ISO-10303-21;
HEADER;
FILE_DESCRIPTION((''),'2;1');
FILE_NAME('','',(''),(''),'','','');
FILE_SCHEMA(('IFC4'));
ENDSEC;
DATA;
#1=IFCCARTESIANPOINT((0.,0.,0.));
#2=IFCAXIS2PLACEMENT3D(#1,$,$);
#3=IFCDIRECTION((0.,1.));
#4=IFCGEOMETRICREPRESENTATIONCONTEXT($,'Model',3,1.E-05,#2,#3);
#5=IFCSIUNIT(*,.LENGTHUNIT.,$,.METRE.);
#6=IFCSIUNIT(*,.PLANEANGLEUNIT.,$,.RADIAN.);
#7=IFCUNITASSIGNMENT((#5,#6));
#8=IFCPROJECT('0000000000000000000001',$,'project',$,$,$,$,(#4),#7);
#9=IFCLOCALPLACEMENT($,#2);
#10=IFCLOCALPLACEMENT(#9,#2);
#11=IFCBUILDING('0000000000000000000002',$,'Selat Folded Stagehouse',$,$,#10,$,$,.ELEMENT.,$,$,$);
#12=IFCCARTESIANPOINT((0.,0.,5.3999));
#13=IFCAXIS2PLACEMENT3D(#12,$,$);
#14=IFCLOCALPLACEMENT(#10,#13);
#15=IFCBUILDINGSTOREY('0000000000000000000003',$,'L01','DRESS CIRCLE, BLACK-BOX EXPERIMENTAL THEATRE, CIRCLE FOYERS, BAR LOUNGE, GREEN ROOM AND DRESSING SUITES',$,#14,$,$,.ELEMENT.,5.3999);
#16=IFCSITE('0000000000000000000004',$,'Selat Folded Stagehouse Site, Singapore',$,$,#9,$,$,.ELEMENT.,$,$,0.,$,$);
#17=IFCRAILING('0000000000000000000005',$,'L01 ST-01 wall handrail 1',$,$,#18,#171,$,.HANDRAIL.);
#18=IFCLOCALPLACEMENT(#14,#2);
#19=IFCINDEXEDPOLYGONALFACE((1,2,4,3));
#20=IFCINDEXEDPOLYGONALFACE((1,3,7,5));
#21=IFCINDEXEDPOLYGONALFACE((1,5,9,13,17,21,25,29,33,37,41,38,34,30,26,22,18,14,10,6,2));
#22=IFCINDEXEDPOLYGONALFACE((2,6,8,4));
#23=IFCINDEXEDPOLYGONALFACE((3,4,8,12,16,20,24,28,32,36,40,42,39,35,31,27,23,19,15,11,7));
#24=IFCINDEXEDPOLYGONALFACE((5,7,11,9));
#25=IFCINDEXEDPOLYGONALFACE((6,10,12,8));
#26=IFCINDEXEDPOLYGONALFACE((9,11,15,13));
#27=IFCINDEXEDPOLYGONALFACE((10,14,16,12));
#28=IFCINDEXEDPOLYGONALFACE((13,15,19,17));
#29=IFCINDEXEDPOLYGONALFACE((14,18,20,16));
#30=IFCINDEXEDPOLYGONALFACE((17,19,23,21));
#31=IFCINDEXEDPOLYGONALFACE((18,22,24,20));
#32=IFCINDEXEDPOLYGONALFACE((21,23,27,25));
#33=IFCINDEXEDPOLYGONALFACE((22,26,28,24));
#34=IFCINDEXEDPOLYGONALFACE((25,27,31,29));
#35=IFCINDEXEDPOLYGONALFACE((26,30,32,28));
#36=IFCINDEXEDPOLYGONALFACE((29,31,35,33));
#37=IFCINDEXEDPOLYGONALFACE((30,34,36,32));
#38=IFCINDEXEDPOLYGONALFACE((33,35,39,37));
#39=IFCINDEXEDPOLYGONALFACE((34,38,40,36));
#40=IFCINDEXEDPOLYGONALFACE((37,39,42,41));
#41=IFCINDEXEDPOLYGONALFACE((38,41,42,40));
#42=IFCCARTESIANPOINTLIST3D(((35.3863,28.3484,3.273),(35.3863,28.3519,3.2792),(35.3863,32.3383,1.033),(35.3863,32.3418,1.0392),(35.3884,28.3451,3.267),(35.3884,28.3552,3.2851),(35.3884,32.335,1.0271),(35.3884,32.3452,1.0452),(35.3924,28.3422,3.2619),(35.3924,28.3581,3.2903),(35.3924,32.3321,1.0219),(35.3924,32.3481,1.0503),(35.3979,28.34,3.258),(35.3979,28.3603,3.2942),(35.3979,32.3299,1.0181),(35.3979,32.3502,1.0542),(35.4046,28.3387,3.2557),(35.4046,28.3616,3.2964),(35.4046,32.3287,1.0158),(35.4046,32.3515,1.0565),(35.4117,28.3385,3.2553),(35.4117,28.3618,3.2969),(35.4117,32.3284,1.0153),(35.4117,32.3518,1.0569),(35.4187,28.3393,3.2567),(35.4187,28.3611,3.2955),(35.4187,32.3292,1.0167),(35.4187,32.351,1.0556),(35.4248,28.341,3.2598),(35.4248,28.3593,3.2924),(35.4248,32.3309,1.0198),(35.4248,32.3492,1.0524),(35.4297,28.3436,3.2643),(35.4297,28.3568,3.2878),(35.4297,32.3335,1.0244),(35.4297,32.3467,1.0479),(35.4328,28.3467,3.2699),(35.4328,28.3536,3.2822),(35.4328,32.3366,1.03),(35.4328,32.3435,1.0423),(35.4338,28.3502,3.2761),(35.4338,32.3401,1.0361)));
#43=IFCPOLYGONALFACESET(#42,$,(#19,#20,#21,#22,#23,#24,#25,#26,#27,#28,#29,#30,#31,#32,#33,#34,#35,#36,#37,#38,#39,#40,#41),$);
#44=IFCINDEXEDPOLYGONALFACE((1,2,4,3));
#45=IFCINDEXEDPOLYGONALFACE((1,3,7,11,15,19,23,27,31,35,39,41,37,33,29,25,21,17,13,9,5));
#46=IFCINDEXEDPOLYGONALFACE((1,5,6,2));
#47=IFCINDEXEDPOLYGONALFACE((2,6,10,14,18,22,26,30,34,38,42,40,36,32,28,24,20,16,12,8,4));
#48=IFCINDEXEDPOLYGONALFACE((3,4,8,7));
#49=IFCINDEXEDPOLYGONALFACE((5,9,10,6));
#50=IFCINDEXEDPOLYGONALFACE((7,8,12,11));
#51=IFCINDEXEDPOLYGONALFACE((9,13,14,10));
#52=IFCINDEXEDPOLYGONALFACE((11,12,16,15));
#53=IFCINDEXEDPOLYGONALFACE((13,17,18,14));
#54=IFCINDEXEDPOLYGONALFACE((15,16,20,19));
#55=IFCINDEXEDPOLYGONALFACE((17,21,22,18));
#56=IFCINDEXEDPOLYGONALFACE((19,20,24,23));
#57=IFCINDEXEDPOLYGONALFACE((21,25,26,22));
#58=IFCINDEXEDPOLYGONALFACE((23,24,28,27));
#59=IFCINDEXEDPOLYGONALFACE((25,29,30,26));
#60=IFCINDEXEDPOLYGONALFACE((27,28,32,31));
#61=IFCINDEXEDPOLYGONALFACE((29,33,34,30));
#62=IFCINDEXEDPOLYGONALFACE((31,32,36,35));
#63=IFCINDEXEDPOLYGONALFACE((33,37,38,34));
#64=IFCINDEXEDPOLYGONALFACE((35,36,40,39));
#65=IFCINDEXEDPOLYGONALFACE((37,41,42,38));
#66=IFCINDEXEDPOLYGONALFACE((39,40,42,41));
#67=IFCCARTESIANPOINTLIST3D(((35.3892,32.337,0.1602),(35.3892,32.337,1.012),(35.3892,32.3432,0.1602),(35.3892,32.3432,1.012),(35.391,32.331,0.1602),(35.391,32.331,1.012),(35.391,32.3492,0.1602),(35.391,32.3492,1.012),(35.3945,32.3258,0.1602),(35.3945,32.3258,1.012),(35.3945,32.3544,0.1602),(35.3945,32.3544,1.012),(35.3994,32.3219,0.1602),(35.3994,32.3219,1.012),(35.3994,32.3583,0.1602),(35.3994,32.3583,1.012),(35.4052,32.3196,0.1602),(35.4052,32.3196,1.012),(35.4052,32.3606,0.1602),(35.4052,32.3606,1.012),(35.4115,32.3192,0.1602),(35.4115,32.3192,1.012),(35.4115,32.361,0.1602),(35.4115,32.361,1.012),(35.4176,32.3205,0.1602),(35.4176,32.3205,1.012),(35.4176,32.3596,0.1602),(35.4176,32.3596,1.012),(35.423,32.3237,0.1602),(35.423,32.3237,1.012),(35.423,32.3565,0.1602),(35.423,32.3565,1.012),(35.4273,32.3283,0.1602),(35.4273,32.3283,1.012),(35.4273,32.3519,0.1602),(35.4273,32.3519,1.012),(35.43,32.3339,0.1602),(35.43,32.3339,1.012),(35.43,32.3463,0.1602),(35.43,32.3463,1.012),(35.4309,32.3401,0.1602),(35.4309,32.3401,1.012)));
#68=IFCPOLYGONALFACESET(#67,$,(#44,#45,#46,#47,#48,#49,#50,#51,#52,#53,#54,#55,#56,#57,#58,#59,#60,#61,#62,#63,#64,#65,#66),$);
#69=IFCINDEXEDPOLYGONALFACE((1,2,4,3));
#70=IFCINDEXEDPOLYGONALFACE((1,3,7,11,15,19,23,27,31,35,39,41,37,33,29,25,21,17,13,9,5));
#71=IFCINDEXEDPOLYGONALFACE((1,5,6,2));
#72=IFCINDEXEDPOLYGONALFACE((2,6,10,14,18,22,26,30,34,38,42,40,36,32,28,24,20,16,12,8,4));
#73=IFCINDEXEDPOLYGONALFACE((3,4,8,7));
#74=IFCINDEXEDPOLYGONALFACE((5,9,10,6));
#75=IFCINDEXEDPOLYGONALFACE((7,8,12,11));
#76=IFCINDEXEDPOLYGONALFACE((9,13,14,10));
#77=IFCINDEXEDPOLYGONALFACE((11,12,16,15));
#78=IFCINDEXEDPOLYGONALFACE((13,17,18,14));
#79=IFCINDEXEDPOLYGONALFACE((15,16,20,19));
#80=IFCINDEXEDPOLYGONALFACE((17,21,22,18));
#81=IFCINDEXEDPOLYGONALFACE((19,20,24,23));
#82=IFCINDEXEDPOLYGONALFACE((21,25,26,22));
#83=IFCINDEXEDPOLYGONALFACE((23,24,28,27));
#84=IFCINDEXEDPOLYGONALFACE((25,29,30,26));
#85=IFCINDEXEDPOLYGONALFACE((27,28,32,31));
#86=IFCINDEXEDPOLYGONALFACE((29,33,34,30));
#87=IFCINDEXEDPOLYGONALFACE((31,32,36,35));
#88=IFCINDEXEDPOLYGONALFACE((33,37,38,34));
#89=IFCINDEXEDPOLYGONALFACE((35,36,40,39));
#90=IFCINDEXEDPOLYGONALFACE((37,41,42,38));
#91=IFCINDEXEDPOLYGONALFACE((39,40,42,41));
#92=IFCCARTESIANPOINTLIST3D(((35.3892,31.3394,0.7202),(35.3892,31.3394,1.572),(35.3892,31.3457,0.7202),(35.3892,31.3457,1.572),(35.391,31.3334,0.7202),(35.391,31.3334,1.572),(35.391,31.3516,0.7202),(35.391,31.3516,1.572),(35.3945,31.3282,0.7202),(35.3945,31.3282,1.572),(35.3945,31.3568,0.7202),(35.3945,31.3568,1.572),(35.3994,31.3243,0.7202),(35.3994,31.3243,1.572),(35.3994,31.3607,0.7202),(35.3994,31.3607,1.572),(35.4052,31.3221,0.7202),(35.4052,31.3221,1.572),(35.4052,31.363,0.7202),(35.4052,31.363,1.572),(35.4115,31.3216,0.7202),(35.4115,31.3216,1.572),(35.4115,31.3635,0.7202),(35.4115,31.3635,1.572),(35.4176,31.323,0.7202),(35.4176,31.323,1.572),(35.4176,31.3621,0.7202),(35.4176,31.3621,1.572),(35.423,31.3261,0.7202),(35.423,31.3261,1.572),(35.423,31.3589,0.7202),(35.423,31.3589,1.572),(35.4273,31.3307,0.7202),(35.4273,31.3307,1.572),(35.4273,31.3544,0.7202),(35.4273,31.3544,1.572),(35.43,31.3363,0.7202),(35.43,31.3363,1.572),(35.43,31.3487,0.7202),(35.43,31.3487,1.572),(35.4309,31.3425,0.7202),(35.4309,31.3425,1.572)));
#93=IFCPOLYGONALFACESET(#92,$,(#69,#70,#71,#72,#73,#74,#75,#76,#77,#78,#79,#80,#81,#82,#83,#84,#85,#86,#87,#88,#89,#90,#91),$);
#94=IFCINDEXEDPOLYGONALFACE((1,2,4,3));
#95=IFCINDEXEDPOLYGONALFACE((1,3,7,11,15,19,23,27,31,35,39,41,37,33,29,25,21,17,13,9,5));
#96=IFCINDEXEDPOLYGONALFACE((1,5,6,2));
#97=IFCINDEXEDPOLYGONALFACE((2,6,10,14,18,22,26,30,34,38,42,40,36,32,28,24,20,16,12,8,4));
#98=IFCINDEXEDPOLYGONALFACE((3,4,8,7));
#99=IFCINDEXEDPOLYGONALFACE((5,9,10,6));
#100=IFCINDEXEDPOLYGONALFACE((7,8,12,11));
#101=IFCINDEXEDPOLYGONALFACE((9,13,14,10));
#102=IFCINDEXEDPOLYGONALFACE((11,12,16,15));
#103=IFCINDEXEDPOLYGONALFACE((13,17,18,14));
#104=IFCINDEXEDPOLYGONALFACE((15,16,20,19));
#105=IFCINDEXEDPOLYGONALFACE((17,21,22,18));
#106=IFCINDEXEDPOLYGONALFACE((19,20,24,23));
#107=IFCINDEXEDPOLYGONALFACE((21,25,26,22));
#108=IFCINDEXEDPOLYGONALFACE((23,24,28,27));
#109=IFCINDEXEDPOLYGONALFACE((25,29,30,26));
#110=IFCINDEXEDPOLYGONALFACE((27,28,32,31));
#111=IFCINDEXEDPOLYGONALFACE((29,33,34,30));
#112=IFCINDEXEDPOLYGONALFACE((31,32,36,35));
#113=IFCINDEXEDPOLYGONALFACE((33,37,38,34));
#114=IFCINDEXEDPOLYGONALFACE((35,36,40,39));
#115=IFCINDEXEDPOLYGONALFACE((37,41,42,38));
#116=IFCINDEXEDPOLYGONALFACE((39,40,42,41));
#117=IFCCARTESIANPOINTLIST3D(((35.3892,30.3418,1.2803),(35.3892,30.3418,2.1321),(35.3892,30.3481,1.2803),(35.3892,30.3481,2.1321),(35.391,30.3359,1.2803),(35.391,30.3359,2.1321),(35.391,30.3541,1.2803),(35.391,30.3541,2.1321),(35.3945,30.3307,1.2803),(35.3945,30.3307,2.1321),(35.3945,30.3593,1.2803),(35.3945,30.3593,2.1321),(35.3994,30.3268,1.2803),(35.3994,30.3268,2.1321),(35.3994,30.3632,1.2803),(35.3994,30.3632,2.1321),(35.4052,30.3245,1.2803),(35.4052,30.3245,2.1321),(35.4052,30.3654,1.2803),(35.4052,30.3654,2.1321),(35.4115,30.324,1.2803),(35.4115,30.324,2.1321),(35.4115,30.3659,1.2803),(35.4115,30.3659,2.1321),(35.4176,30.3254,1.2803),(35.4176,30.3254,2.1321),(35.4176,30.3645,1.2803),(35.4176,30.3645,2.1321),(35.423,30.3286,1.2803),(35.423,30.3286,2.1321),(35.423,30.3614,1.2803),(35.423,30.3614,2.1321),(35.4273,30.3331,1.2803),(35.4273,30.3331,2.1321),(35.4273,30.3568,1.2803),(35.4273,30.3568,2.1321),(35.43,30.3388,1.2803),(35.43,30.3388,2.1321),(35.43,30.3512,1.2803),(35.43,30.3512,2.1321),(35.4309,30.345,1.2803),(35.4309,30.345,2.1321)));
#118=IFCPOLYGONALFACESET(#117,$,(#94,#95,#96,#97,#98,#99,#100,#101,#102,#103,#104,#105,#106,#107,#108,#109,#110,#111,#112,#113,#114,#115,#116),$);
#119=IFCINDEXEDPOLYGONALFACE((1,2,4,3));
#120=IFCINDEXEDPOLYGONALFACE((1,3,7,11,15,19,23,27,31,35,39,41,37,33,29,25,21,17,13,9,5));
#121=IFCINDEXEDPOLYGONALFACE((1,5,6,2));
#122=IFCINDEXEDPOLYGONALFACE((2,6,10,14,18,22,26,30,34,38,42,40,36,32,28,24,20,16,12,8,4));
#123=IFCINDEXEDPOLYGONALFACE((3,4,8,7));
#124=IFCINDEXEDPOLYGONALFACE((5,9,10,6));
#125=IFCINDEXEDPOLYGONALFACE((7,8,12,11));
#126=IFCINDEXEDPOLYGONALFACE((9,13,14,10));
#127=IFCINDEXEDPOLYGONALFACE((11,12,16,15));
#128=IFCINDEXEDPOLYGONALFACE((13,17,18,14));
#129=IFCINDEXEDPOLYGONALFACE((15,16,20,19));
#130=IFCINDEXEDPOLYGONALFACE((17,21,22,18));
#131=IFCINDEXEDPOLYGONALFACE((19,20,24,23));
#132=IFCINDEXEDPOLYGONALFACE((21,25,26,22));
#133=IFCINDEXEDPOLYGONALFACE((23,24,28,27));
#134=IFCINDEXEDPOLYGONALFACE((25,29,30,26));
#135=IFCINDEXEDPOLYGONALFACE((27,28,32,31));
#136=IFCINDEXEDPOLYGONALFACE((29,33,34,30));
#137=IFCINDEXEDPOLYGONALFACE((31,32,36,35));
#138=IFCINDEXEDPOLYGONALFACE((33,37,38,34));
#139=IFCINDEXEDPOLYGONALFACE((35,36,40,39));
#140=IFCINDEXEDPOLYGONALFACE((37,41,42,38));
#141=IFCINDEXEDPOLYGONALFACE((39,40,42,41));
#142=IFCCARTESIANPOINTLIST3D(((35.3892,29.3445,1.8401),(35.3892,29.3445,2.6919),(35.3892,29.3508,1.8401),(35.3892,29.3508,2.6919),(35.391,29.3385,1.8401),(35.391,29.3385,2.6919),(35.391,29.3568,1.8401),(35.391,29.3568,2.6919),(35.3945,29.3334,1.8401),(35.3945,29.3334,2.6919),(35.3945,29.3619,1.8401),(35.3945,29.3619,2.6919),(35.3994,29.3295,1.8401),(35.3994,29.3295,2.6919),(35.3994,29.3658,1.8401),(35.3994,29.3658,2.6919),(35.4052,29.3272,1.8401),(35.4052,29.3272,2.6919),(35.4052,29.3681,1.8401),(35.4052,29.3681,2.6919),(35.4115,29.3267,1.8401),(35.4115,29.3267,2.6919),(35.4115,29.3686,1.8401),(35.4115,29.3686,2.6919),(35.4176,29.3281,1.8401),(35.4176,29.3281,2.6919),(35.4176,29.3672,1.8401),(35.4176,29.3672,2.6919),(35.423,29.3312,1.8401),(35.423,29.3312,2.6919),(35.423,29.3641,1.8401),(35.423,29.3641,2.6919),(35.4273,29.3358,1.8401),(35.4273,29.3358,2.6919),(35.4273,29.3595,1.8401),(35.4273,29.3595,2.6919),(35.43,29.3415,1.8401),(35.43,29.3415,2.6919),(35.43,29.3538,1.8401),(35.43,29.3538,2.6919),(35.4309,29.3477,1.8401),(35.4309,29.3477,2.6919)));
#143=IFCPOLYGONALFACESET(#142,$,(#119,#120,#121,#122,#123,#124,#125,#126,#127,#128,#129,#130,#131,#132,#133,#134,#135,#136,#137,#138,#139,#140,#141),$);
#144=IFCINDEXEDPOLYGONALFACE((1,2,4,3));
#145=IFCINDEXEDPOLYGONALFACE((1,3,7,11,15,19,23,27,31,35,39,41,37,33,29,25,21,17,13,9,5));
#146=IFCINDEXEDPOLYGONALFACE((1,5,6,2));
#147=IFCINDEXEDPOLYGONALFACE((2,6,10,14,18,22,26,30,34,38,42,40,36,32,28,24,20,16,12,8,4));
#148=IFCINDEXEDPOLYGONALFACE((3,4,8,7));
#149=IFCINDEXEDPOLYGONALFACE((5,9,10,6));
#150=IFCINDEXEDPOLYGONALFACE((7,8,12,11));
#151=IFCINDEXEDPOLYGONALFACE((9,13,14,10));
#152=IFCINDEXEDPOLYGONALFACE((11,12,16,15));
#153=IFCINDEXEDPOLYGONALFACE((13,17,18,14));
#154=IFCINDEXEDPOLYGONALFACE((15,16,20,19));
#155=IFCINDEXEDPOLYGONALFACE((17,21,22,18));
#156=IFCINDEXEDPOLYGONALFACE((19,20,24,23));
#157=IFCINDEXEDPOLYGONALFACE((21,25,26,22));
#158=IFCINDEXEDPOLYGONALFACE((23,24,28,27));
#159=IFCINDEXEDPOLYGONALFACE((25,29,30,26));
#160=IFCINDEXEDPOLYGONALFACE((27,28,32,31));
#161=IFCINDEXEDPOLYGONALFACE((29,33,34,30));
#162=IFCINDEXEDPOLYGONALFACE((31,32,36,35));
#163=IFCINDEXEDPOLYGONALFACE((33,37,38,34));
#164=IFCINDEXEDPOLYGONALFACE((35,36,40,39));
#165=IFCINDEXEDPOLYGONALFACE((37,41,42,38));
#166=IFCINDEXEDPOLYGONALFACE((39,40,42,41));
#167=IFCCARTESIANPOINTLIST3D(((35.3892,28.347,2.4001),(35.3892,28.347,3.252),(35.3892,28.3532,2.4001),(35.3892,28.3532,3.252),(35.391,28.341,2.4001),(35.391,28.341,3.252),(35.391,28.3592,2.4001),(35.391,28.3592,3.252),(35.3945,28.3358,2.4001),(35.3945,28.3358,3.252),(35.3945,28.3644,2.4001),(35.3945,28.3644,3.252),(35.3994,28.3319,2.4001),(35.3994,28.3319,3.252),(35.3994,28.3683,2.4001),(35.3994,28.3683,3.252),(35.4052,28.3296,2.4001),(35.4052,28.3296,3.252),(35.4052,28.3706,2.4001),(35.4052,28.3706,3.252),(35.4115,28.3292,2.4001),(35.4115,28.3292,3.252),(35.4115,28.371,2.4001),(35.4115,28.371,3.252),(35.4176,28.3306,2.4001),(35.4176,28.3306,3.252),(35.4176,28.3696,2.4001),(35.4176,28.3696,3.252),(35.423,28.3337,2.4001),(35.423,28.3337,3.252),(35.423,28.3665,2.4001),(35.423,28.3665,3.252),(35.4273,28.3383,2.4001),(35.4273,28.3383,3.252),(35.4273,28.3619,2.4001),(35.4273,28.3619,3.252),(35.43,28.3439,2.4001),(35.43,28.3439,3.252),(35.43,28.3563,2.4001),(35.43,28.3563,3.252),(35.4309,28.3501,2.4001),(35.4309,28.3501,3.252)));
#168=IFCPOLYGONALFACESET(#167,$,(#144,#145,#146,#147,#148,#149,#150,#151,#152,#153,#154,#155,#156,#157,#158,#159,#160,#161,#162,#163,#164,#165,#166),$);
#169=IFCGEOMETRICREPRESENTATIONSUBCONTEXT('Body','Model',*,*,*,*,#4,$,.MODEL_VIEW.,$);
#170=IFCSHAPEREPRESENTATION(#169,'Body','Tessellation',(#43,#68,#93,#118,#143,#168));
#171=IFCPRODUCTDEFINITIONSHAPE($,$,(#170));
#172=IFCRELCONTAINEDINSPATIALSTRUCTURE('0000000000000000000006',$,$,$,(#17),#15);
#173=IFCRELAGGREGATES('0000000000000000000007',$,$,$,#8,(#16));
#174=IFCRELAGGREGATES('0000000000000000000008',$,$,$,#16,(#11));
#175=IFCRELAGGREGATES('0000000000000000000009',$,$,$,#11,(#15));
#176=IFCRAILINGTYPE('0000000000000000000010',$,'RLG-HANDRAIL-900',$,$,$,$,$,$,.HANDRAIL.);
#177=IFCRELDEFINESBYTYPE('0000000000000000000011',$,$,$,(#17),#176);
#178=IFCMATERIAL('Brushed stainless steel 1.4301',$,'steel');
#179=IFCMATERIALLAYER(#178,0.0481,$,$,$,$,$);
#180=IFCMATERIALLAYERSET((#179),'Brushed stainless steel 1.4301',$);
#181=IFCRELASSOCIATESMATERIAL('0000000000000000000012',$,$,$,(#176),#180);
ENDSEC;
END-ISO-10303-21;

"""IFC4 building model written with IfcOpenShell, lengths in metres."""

from ifc_helpers import new_model, si_unit, direction, frame, origin, origin_2d, place, context, subcontext, project, spatial, circle, extrude, material, layer, layer_set, type_object, element, save


model = new_model("IFC4")

# Units and contexts
model_context = context("Model", 3, precision=1e-05, world=origin(), true_north=direction((0.0, 1.0)))
body_context = subcontext(model_context, "Body", "Model", "MODEL_VIEW")
ifc_project = project(units=[si_unit("LENGTHUNIT", "METRE"), si_unit("PLANEANGLEUNIT", "RADIAN")], contexts=[model_context])

# Site, building, storey
site_placement = place(None, origin())
site = spatial("IfcSite", under=ifc_project, at=site_placement, Name="Selat Folded Stagehouse Site, Singapore", CompositionType="ELEMENT", RefElevation=0.0)
building_placement = place(site_placement, origin())
building = spatial("IfcBuilding", under=site, at=building_placement, Name="Selat Folded Stagehouse", CompositionType="ELEMENT")
storey_placement = place(building_placement, frame((0.0, 0.0, 5.3999)))
storey = spatial("IfcBuildingStorey", under=building, at=storey_placement, Name="L01", Description="DRESS CIRCLE, BLACK-BOX EXPERIMENTAL THEATRE, CIRCLE FOYERS, BAR LOUNGE, GREEN ROOM AND DRESSING SUITES", CompositionType="ELEMENT", Elevation=5.3999)

# Railing
ifc_material_1 = material(Name="Brushed stainless steel 1.4301", Category="steel")
ifc_layer_1 = layer(ifc_material_1, 0.0481)
ifc_layer_set_1 = layer_set([ifc_layer_1], Name="Brushed stainless steel 1.4301")
railing_type_1 = type_object("IfcRailingType", Name="RLG-HANDRAIL-900", PredefinedType="HANDRAIL", material=ifc_layer_set_1)
railing_1_placement = place(storey_placement, frame((35.4099, 32.3401, 0.1602)))
element("IfcRailing", 1, at=railing_1_placement, inside=storey, type_object=railing_type_1, Name="L01 ST-01 wall handrail 1", PredefinedType="HANDRAIL", context=body_context, shape_type="SweptSolid", body=[
    extrude(circle(Radius=0.0239, at=origin_2d()), frame((0.0, 0.0, 0.876), z_axis=(0.0, -0.871984, 0.489534), x_axis=(1.0, 0.0, 0.0)), (0.0, 0.0, 1.0), 4.5757),
    extrude(circle(Radius=0.021, at=origin_2d()), origin(), (0.0, 0.0, 1.0), 0.8518),
    extrude(circle(Radius=0.021, at=origin_2d()), frame((0.0, -0.9976, 0.5601)), (0.0, 0.0, 1.0), 0.8518),
    extrude(circle(Radius=0.021, at=origin_2d()), frame((0.0, -1.9951, 1.1201)), (0.0, 0.0, 1.0), 0.8518),
    extrude(circle(Radius=0.021, at=origin_2d()), frame((0.0, -2.9924, 1.6799)), (0.0, 0.0, 1.0), 0.8518),
    extrude(circle(Radius=0.021, at=origin_2d()), frame((0.0, -3.99, 2.24)), (0.0, 0.0, 1.0), 0.8518),
])

save(model, "model.ifc")
